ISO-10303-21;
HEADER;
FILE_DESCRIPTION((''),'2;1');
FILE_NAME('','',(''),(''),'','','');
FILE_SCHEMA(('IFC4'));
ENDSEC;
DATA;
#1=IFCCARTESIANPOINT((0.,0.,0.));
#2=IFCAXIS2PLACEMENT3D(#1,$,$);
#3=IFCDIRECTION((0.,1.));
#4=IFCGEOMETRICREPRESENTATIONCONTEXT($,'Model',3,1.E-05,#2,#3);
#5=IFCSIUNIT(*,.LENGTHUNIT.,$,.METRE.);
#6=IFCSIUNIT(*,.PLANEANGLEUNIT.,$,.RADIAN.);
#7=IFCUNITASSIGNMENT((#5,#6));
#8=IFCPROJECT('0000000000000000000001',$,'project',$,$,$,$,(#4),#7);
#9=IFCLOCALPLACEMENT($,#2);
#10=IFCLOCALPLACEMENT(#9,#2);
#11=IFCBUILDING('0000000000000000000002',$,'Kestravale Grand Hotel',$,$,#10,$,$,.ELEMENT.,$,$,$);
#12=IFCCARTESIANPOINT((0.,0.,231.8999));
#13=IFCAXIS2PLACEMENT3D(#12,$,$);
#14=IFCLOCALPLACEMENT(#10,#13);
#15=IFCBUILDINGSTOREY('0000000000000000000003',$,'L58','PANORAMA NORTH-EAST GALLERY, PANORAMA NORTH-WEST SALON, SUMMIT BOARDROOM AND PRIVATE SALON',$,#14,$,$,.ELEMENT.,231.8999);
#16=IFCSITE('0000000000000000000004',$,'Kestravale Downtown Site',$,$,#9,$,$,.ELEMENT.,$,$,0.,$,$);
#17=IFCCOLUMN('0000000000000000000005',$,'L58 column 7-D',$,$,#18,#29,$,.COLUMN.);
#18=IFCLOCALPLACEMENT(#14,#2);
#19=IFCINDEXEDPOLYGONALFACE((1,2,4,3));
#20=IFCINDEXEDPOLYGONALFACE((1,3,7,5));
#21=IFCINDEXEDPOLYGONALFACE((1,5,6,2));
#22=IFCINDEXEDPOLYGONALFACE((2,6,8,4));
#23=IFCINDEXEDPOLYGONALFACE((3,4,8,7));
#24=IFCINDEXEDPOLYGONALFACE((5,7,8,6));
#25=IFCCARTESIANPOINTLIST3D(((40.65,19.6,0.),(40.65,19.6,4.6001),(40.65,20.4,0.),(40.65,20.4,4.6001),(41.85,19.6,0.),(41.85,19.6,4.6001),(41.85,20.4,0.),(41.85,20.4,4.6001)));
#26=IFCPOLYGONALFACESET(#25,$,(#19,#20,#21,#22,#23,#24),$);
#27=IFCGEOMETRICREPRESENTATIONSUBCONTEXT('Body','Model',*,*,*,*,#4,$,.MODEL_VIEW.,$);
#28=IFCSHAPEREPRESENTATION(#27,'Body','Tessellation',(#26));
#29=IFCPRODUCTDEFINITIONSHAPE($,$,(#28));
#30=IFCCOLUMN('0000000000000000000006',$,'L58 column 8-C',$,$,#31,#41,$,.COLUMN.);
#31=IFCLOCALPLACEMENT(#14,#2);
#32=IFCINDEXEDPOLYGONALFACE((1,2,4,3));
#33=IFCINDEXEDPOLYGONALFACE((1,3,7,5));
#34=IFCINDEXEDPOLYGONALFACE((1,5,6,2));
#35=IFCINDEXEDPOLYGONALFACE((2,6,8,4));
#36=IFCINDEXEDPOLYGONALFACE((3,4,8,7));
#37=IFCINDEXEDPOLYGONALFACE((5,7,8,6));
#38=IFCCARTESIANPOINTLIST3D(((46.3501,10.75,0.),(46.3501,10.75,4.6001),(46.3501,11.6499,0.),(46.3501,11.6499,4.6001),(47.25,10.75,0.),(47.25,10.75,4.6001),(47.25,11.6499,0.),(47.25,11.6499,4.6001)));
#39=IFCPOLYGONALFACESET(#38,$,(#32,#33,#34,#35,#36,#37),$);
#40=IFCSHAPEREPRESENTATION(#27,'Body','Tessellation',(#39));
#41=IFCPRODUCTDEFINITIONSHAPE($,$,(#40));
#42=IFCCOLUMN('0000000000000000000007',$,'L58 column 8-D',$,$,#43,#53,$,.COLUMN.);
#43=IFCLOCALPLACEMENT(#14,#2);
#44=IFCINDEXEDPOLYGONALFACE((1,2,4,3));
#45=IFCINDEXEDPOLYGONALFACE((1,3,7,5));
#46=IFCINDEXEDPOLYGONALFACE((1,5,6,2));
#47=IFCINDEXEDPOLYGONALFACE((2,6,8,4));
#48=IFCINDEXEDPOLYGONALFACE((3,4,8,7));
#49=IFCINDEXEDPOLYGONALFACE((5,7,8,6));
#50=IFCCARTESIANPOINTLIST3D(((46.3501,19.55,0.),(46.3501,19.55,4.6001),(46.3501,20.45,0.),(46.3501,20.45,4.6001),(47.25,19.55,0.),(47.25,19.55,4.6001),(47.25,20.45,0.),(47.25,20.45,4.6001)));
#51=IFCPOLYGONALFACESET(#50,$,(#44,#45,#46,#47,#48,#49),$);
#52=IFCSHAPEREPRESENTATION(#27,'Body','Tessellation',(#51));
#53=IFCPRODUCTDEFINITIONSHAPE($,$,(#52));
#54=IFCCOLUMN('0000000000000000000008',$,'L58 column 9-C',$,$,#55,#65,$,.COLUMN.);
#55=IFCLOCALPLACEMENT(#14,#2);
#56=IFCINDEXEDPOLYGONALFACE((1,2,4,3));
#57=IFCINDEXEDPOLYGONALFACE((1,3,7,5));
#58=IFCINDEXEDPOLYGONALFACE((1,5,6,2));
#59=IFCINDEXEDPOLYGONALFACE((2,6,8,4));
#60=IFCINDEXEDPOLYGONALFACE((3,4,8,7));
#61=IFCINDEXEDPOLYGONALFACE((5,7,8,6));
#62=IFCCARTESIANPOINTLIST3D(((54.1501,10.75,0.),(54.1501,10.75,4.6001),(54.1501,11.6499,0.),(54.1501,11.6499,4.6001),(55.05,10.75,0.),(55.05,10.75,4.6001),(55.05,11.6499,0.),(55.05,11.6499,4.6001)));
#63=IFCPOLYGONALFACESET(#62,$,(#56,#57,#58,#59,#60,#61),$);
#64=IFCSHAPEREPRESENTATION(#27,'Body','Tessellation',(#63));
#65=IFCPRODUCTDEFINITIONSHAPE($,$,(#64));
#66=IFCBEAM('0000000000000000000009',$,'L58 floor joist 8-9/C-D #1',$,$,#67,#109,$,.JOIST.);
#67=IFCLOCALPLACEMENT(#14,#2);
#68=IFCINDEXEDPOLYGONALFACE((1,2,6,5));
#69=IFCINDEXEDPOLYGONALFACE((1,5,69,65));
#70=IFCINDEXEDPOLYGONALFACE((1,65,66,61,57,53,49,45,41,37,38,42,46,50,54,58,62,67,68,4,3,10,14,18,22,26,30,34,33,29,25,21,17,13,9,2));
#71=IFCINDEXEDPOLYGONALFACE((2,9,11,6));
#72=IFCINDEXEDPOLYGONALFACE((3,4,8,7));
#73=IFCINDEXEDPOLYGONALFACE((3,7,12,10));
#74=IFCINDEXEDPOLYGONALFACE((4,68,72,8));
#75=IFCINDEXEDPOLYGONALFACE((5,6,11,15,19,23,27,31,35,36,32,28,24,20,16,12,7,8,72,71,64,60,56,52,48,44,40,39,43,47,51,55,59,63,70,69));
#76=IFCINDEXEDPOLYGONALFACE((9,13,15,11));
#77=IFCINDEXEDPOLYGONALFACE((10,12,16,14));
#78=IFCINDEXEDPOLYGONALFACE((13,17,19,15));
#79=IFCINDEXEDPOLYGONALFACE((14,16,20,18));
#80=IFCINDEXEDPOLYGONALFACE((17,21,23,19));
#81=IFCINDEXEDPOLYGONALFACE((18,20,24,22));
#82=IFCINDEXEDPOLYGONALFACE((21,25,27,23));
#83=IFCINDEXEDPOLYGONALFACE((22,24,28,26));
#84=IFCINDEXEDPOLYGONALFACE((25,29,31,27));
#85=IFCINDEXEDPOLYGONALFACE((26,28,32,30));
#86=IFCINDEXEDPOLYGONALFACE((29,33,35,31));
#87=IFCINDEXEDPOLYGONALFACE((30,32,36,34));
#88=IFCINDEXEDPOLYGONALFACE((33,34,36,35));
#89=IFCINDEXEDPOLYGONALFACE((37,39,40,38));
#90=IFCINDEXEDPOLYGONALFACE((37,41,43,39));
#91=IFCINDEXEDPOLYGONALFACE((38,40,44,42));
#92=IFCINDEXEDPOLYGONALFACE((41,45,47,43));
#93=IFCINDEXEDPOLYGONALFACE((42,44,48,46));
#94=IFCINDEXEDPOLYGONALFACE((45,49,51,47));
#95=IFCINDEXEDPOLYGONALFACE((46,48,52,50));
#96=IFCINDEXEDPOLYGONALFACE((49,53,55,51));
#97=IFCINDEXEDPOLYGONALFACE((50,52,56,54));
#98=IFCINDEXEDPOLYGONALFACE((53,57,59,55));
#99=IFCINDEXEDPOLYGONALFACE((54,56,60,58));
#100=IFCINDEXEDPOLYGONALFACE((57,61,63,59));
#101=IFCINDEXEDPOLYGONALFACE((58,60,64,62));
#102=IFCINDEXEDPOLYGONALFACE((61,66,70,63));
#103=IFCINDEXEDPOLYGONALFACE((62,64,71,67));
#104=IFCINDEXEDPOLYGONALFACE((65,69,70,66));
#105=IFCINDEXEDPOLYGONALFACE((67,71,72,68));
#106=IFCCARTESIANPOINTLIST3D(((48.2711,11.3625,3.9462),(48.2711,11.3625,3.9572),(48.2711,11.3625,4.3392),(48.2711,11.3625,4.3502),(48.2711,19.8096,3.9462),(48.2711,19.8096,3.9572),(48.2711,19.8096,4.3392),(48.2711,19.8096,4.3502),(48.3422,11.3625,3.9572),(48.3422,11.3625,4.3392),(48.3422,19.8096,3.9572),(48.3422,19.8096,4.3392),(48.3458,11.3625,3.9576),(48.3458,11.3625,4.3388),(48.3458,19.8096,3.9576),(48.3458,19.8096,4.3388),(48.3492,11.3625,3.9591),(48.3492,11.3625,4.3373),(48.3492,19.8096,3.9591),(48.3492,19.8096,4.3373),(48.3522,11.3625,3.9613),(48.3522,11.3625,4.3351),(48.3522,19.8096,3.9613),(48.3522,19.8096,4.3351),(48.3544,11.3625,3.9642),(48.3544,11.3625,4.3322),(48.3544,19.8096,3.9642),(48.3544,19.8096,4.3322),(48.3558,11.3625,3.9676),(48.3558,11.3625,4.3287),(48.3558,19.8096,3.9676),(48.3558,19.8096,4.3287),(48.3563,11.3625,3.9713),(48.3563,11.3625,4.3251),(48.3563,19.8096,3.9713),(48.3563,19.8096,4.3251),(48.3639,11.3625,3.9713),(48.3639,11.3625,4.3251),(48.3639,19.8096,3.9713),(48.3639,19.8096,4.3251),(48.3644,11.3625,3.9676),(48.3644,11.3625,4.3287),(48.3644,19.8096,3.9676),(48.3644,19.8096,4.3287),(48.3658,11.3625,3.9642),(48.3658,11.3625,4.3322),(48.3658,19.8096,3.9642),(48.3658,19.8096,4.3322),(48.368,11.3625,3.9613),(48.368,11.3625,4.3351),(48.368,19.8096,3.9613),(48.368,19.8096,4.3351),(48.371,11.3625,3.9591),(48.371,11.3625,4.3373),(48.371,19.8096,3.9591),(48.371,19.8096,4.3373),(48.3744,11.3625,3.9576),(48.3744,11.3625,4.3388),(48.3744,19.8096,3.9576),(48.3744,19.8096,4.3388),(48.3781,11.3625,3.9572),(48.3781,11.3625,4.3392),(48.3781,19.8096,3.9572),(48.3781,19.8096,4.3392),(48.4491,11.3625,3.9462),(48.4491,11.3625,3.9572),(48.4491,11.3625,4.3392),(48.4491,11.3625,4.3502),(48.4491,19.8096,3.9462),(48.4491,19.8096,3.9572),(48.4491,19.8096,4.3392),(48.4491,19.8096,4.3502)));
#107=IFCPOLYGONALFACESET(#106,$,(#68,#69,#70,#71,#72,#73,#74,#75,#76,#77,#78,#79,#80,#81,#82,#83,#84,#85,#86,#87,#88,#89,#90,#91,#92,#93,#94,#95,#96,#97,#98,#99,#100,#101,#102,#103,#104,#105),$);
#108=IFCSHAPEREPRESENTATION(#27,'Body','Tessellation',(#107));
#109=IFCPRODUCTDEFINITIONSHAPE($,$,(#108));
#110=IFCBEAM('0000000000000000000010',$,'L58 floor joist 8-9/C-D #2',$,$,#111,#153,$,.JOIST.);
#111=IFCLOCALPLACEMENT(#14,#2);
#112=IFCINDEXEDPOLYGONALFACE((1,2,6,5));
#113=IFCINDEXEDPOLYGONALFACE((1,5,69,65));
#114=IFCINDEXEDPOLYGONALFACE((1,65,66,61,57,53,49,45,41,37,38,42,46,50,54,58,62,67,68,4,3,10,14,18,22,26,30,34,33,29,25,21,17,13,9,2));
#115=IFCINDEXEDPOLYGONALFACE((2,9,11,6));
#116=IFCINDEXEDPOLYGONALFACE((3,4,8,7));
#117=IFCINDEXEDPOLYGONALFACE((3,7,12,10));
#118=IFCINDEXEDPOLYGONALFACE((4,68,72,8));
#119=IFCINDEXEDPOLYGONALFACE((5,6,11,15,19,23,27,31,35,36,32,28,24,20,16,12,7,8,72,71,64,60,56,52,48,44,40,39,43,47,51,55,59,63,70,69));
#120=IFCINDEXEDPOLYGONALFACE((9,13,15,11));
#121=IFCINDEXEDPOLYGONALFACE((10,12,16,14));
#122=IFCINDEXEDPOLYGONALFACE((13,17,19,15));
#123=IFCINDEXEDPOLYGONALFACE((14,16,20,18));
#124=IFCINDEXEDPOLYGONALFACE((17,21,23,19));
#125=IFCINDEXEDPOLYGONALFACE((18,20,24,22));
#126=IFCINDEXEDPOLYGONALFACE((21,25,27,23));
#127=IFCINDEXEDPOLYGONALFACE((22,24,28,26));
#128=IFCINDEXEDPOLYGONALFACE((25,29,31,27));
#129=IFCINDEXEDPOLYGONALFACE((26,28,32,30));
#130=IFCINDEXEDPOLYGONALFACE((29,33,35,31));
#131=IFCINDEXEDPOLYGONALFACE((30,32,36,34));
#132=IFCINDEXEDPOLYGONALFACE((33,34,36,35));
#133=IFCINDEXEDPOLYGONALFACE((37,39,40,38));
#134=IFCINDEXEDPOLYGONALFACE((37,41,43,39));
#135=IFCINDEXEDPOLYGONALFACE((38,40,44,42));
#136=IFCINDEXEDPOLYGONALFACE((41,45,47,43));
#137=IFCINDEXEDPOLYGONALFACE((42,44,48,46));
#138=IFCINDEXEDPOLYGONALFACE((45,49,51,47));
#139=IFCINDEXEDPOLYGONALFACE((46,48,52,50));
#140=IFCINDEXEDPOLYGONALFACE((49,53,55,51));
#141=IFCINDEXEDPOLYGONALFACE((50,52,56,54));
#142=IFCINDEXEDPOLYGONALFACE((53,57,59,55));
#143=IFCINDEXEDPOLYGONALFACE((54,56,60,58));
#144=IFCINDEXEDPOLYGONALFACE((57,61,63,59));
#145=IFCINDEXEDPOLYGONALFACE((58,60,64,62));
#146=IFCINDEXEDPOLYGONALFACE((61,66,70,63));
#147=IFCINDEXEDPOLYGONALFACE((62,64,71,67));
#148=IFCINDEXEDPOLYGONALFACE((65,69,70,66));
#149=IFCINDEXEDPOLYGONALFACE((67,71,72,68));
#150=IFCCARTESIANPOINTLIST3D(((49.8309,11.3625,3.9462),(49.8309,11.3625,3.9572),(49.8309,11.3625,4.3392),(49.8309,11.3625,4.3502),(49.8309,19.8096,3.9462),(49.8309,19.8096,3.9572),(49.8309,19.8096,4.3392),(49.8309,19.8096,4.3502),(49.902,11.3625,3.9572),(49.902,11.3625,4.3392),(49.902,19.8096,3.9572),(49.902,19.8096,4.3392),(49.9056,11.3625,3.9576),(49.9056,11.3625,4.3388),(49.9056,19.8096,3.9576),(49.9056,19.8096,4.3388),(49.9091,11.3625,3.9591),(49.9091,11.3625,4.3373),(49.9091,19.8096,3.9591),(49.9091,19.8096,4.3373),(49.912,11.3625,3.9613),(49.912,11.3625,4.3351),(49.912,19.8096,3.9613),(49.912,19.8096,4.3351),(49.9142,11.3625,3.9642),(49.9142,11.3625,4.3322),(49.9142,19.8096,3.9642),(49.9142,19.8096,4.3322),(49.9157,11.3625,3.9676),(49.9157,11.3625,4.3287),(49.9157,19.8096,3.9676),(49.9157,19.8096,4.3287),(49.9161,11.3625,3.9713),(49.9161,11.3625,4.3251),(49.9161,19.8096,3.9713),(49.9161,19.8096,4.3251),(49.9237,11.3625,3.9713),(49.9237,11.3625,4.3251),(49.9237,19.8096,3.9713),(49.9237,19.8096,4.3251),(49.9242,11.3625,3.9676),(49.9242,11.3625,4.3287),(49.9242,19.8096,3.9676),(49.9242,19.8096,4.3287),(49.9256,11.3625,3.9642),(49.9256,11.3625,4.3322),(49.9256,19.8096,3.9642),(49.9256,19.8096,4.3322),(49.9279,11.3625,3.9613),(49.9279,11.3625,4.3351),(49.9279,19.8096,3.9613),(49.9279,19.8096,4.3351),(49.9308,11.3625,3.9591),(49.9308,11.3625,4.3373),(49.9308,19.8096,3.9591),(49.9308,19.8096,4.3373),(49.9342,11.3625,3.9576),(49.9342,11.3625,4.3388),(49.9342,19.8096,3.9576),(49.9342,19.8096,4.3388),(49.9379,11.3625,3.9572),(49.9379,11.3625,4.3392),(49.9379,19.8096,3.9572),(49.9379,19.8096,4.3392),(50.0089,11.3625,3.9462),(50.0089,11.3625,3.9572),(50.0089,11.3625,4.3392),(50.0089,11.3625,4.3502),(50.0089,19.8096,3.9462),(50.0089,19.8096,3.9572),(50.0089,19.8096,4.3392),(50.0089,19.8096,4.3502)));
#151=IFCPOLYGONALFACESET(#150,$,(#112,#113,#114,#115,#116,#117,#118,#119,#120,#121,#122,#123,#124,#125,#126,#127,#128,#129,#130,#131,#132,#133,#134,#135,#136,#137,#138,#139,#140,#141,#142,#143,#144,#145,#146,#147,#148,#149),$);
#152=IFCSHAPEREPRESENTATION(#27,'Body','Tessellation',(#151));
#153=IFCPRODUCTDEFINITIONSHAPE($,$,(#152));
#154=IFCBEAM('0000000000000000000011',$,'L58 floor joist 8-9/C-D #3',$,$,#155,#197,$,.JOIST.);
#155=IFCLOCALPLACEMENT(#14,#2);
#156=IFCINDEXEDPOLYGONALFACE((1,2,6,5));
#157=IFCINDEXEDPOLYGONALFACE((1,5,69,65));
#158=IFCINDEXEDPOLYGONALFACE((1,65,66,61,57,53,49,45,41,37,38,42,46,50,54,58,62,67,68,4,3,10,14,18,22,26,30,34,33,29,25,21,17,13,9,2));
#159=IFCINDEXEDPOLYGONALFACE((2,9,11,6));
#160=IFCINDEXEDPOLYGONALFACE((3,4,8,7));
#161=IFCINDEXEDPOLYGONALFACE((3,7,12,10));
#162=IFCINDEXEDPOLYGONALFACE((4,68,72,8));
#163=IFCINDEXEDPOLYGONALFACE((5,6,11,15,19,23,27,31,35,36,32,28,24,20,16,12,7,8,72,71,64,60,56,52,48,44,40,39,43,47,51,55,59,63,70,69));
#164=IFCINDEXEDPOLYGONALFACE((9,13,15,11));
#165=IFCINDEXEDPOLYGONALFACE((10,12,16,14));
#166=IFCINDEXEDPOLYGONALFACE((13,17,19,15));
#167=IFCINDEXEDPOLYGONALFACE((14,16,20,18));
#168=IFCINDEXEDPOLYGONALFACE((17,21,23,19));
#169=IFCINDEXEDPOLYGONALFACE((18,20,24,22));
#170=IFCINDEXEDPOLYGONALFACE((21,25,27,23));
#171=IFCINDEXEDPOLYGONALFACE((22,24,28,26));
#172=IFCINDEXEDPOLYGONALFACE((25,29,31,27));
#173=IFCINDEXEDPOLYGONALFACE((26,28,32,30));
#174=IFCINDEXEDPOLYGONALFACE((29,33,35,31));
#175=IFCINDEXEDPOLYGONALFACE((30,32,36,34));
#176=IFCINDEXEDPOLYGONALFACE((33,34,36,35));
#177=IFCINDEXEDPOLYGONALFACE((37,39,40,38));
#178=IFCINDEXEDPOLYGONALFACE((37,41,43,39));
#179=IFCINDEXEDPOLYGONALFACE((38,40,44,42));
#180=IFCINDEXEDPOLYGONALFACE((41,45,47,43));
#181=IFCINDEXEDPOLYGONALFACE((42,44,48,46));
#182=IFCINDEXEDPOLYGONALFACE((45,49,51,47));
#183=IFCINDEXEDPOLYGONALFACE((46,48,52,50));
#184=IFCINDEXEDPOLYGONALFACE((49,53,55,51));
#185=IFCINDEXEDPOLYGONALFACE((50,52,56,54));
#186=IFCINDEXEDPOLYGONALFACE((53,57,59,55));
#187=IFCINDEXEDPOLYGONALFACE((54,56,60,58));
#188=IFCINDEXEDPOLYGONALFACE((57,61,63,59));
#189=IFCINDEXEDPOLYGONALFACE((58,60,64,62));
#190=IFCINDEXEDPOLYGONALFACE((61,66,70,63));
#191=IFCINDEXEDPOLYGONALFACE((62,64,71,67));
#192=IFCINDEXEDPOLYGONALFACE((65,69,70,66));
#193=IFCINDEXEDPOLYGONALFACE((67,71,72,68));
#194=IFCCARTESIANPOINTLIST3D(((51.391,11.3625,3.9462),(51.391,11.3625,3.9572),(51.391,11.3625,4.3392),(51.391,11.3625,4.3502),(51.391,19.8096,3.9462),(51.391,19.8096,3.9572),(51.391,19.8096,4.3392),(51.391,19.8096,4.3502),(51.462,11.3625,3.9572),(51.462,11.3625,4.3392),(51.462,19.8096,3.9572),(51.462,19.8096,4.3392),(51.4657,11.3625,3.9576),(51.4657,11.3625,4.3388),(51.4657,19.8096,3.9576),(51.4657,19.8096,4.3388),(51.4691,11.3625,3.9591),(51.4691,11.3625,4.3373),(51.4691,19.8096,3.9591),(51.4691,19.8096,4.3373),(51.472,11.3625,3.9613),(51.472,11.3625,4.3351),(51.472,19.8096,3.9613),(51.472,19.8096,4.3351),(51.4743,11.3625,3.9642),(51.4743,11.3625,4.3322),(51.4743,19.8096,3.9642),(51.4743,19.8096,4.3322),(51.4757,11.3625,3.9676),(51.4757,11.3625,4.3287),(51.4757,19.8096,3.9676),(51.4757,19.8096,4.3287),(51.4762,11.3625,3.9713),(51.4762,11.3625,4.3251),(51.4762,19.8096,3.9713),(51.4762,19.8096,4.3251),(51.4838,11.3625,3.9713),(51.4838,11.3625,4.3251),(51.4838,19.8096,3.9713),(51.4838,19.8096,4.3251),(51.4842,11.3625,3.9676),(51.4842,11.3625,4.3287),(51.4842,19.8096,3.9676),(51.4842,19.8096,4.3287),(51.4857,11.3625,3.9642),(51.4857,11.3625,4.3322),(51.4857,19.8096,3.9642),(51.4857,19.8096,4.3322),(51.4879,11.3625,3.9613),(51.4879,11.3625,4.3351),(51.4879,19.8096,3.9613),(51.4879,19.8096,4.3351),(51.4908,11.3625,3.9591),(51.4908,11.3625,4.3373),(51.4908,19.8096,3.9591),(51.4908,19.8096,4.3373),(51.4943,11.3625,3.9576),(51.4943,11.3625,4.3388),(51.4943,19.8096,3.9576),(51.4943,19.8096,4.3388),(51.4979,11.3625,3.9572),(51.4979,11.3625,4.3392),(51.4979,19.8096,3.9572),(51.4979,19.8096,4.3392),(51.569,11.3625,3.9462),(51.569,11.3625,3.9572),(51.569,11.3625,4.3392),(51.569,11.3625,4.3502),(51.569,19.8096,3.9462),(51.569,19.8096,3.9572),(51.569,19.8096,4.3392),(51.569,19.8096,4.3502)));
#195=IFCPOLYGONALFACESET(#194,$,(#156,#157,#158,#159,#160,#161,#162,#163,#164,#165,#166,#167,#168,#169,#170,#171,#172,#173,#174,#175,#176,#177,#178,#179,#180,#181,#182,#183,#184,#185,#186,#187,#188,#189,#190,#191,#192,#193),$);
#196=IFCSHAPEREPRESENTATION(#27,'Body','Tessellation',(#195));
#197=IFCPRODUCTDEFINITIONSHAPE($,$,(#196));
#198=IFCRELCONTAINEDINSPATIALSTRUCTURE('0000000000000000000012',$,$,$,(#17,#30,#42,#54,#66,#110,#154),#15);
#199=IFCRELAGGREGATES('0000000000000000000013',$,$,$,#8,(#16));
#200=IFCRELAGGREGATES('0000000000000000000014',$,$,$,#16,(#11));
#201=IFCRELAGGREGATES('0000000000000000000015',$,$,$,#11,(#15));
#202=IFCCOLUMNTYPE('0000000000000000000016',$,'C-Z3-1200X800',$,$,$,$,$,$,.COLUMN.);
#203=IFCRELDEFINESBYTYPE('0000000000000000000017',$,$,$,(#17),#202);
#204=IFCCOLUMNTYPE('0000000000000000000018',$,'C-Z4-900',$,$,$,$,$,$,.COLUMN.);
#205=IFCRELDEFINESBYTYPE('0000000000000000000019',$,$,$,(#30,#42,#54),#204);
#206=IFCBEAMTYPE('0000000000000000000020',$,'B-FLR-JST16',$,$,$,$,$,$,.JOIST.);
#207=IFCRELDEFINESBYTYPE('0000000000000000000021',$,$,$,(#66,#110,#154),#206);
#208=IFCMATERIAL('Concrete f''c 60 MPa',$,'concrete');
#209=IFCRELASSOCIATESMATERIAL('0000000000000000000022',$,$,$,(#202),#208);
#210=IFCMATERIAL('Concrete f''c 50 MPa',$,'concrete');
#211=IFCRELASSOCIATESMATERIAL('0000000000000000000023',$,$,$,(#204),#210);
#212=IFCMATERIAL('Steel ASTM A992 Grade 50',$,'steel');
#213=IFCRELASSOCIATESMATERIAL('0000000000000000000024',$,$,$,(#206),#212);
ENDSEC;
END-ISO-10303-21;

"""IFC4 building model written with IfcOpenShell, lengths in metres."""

from ifc_helpers import new_model, si_unit, direction, frame, origin, origin_2d, place, context, subcontext, project, spatial, rectangle, i_section, extrude, material, material_profile, profile_set, type_object, element, save


model = new_model("IFC4")

# Units and contexts
model_context = context("Model", 3, precision=1e-05, world=origin(), true_north=direction((0.0, 1.0)))
body_context = subcontext(model_context, "Body", "Model", "MODEL_VIEW")
ifc_project = project(units=[si_unit("LENGTHUNIT", "METRE"), si_unit("PLANEANGLEUNIT", "RADIAN")], contexts=[model_context])

# Site, building, storey
site_placement = place(None, origin())
site = spatial("IfcSite", under=ifc_project, at=site_placement, Name="Kestravale Downtown Site", CompositionType="ELEMENT", RefElevation=0.0)
building_placement = place(site_placement, origin())
building = spatial("IfcBuilding", under=site, at=building_placement, Name="Kestravale Grand Hotel", CompositionType="ELEMENT")
storey_placement = place(building_placement, frame((0.0, 0.0, 231.8999)))
storey = spatial("IfcBuildingStorey", under=building, at=storey_placement, Name="L58", Description="PANORAMA NORTH-EAST GALLERY, PANORAMA NORTH-WEST SALON, SUMMIT BOARDROOM AND PRIVATE SALON", CompositionType="ELEMENT", Elevation=231.8999)

# Columns
ifc_material_1 = material(Name="Concrete f'c 60 MPa", Category="concrete")
ifc_material_profile_1 = material_profile(ifc_material_1, rectangle(XDim=1.2, YDim=0.8, at=origin_2d()))
ifc_profile_set_1 = profile_set([ifc_material_profile_1], Name="Concrete f'c 60 MPa")
column_type_1 = type_object("IfcColumnType", Name="C-Z3-1200X800", PredefinedType="COLUMN", material=ifc_profile_set_1)
column_placement = place(storey_placement, frame((41.25, 20.0, 0.0), z_axis=(0.0, 0.0, 1.0), x_axis=(1.0, 0.0, 0.0)))
element("IfcColumn", 1, at=column_placement, inside=storey, type_object=column_type_1, Name="L58 column 7-D", PredefinedType="COLUMN", context=body_context, shape_type="SweptSolid", body=[
    extrude(rectangle(XDim=1.2, YDim=0.8, at=origin_2d()), origin(), (0.0, 0.0, 1.0), 4.6001),
])
ifc_material_2 = material(Name="Concrete f'c 50 MPa", Category="concrete")
ifc_material_profile_2 = material_profile(ifc_material_2, rectangle(XDim=0.8999, YDim=0.8999, at=origin_2d()))
ifc_profile_set_2 = profile_set([ifc_material_profile_2], Name="Concrete f'c 50 MPa")
column_type_2 = type_object("IfcColumnType", Name="C-Z4-900", PredefinedType="COLUMN", material=ifc_profile_set_2)
for number, where, z_axis, x_axis, name in (
    (2, (46.8, 11.2, 0.0), (0.0, 0.0, 1.0), (1.0, 0.0, 0.0), "L58 column 8-C"),
    (3, (46.8, 20.0, 0.0), (0.0, 0.0, 1.0), (1.0, 0.0, 0.0), "L58 column 8-D"),
    (4, (54.6001, 11.2, 0.0), (0.0, 0.0, 1.0), (1.0, 0.0, 0.0), "L58 column 9-C"),
):
    element("IfcColumn", number, at=place(storey_placement, frame(where, z_axis=z_axis, x_axis=x_axis)), inside=storey, type_object=column_type_2, Name=name, PredefinedType="COLUMN", context=body_context, shape_type="SweptSolid", body=[
        extrude(rectangle(XDim=0.8999, YDim=0.8999, at=origin_2d()), origin(), (0.0, 0.0, 1.0), 4.6001),
    ])

# Beams
ifc_material_3 = material(Name="Steel ASTM A992 Grade 50", Category="steel")
ifc_material_profile_3 = material_profile(ifc_material_3, i_section(OverallWidth=0.178, OverallDepth=0.4041, WebThickness=0.0076, FlangeThickness=0.011, FilletRadius=0.0142, at=origin_2d()))
ifc_profile_set_3 = profile_set([ifc_material_profile_3], Name="Steel ASTM A992 Grade 50")
beam_type_1 = type_object("IfcBeamType", Name="B-FLR-JST16", PredefinedType="JOIST", material=ifc_profile_set_3)
for number, where, z_axis, x_axis, name in (
    (5, (48.3601, 11.3625, 4.1482), (0.0, 1.0, 0.0), (-1.0, 0.0, 0.0), "L58 floor joist 8-9/C-D #1"),
    (6, (49.9199, 11.3625, 4.1482), (0.0, 1.0, 0.0), (-1.0, 0.0, 0.0), "L58 floor joist 8-9/C-D #2"),
    (7, (51.48, 11.3625, 4.1482), (0.0, 1.0, 0.0), (-1.0, 0.0, 0.0), "L58 floor joist 8-9/C-D #3"),
):
    element("IfcBeam", number, at=place(storey_placement, frame(where, z_axis=z_axis, x_axis=x_axis)), inside=storey, type_object=beam_type_1, Name=name, PredefinedType="JOIST", context=body_context, shape_type="SweptSolid", body=[
        extrude(i_section(OverallWidth=0.178, OverallDepth=0.4041, WebThickness=0.0076, FlangeThickness=0.011, FilletRadius=0.0142, at=origin_2d()), origin(), (0.0, 0.0, 1.0), 8.447),
    ])

save(model, "model.ifc")
